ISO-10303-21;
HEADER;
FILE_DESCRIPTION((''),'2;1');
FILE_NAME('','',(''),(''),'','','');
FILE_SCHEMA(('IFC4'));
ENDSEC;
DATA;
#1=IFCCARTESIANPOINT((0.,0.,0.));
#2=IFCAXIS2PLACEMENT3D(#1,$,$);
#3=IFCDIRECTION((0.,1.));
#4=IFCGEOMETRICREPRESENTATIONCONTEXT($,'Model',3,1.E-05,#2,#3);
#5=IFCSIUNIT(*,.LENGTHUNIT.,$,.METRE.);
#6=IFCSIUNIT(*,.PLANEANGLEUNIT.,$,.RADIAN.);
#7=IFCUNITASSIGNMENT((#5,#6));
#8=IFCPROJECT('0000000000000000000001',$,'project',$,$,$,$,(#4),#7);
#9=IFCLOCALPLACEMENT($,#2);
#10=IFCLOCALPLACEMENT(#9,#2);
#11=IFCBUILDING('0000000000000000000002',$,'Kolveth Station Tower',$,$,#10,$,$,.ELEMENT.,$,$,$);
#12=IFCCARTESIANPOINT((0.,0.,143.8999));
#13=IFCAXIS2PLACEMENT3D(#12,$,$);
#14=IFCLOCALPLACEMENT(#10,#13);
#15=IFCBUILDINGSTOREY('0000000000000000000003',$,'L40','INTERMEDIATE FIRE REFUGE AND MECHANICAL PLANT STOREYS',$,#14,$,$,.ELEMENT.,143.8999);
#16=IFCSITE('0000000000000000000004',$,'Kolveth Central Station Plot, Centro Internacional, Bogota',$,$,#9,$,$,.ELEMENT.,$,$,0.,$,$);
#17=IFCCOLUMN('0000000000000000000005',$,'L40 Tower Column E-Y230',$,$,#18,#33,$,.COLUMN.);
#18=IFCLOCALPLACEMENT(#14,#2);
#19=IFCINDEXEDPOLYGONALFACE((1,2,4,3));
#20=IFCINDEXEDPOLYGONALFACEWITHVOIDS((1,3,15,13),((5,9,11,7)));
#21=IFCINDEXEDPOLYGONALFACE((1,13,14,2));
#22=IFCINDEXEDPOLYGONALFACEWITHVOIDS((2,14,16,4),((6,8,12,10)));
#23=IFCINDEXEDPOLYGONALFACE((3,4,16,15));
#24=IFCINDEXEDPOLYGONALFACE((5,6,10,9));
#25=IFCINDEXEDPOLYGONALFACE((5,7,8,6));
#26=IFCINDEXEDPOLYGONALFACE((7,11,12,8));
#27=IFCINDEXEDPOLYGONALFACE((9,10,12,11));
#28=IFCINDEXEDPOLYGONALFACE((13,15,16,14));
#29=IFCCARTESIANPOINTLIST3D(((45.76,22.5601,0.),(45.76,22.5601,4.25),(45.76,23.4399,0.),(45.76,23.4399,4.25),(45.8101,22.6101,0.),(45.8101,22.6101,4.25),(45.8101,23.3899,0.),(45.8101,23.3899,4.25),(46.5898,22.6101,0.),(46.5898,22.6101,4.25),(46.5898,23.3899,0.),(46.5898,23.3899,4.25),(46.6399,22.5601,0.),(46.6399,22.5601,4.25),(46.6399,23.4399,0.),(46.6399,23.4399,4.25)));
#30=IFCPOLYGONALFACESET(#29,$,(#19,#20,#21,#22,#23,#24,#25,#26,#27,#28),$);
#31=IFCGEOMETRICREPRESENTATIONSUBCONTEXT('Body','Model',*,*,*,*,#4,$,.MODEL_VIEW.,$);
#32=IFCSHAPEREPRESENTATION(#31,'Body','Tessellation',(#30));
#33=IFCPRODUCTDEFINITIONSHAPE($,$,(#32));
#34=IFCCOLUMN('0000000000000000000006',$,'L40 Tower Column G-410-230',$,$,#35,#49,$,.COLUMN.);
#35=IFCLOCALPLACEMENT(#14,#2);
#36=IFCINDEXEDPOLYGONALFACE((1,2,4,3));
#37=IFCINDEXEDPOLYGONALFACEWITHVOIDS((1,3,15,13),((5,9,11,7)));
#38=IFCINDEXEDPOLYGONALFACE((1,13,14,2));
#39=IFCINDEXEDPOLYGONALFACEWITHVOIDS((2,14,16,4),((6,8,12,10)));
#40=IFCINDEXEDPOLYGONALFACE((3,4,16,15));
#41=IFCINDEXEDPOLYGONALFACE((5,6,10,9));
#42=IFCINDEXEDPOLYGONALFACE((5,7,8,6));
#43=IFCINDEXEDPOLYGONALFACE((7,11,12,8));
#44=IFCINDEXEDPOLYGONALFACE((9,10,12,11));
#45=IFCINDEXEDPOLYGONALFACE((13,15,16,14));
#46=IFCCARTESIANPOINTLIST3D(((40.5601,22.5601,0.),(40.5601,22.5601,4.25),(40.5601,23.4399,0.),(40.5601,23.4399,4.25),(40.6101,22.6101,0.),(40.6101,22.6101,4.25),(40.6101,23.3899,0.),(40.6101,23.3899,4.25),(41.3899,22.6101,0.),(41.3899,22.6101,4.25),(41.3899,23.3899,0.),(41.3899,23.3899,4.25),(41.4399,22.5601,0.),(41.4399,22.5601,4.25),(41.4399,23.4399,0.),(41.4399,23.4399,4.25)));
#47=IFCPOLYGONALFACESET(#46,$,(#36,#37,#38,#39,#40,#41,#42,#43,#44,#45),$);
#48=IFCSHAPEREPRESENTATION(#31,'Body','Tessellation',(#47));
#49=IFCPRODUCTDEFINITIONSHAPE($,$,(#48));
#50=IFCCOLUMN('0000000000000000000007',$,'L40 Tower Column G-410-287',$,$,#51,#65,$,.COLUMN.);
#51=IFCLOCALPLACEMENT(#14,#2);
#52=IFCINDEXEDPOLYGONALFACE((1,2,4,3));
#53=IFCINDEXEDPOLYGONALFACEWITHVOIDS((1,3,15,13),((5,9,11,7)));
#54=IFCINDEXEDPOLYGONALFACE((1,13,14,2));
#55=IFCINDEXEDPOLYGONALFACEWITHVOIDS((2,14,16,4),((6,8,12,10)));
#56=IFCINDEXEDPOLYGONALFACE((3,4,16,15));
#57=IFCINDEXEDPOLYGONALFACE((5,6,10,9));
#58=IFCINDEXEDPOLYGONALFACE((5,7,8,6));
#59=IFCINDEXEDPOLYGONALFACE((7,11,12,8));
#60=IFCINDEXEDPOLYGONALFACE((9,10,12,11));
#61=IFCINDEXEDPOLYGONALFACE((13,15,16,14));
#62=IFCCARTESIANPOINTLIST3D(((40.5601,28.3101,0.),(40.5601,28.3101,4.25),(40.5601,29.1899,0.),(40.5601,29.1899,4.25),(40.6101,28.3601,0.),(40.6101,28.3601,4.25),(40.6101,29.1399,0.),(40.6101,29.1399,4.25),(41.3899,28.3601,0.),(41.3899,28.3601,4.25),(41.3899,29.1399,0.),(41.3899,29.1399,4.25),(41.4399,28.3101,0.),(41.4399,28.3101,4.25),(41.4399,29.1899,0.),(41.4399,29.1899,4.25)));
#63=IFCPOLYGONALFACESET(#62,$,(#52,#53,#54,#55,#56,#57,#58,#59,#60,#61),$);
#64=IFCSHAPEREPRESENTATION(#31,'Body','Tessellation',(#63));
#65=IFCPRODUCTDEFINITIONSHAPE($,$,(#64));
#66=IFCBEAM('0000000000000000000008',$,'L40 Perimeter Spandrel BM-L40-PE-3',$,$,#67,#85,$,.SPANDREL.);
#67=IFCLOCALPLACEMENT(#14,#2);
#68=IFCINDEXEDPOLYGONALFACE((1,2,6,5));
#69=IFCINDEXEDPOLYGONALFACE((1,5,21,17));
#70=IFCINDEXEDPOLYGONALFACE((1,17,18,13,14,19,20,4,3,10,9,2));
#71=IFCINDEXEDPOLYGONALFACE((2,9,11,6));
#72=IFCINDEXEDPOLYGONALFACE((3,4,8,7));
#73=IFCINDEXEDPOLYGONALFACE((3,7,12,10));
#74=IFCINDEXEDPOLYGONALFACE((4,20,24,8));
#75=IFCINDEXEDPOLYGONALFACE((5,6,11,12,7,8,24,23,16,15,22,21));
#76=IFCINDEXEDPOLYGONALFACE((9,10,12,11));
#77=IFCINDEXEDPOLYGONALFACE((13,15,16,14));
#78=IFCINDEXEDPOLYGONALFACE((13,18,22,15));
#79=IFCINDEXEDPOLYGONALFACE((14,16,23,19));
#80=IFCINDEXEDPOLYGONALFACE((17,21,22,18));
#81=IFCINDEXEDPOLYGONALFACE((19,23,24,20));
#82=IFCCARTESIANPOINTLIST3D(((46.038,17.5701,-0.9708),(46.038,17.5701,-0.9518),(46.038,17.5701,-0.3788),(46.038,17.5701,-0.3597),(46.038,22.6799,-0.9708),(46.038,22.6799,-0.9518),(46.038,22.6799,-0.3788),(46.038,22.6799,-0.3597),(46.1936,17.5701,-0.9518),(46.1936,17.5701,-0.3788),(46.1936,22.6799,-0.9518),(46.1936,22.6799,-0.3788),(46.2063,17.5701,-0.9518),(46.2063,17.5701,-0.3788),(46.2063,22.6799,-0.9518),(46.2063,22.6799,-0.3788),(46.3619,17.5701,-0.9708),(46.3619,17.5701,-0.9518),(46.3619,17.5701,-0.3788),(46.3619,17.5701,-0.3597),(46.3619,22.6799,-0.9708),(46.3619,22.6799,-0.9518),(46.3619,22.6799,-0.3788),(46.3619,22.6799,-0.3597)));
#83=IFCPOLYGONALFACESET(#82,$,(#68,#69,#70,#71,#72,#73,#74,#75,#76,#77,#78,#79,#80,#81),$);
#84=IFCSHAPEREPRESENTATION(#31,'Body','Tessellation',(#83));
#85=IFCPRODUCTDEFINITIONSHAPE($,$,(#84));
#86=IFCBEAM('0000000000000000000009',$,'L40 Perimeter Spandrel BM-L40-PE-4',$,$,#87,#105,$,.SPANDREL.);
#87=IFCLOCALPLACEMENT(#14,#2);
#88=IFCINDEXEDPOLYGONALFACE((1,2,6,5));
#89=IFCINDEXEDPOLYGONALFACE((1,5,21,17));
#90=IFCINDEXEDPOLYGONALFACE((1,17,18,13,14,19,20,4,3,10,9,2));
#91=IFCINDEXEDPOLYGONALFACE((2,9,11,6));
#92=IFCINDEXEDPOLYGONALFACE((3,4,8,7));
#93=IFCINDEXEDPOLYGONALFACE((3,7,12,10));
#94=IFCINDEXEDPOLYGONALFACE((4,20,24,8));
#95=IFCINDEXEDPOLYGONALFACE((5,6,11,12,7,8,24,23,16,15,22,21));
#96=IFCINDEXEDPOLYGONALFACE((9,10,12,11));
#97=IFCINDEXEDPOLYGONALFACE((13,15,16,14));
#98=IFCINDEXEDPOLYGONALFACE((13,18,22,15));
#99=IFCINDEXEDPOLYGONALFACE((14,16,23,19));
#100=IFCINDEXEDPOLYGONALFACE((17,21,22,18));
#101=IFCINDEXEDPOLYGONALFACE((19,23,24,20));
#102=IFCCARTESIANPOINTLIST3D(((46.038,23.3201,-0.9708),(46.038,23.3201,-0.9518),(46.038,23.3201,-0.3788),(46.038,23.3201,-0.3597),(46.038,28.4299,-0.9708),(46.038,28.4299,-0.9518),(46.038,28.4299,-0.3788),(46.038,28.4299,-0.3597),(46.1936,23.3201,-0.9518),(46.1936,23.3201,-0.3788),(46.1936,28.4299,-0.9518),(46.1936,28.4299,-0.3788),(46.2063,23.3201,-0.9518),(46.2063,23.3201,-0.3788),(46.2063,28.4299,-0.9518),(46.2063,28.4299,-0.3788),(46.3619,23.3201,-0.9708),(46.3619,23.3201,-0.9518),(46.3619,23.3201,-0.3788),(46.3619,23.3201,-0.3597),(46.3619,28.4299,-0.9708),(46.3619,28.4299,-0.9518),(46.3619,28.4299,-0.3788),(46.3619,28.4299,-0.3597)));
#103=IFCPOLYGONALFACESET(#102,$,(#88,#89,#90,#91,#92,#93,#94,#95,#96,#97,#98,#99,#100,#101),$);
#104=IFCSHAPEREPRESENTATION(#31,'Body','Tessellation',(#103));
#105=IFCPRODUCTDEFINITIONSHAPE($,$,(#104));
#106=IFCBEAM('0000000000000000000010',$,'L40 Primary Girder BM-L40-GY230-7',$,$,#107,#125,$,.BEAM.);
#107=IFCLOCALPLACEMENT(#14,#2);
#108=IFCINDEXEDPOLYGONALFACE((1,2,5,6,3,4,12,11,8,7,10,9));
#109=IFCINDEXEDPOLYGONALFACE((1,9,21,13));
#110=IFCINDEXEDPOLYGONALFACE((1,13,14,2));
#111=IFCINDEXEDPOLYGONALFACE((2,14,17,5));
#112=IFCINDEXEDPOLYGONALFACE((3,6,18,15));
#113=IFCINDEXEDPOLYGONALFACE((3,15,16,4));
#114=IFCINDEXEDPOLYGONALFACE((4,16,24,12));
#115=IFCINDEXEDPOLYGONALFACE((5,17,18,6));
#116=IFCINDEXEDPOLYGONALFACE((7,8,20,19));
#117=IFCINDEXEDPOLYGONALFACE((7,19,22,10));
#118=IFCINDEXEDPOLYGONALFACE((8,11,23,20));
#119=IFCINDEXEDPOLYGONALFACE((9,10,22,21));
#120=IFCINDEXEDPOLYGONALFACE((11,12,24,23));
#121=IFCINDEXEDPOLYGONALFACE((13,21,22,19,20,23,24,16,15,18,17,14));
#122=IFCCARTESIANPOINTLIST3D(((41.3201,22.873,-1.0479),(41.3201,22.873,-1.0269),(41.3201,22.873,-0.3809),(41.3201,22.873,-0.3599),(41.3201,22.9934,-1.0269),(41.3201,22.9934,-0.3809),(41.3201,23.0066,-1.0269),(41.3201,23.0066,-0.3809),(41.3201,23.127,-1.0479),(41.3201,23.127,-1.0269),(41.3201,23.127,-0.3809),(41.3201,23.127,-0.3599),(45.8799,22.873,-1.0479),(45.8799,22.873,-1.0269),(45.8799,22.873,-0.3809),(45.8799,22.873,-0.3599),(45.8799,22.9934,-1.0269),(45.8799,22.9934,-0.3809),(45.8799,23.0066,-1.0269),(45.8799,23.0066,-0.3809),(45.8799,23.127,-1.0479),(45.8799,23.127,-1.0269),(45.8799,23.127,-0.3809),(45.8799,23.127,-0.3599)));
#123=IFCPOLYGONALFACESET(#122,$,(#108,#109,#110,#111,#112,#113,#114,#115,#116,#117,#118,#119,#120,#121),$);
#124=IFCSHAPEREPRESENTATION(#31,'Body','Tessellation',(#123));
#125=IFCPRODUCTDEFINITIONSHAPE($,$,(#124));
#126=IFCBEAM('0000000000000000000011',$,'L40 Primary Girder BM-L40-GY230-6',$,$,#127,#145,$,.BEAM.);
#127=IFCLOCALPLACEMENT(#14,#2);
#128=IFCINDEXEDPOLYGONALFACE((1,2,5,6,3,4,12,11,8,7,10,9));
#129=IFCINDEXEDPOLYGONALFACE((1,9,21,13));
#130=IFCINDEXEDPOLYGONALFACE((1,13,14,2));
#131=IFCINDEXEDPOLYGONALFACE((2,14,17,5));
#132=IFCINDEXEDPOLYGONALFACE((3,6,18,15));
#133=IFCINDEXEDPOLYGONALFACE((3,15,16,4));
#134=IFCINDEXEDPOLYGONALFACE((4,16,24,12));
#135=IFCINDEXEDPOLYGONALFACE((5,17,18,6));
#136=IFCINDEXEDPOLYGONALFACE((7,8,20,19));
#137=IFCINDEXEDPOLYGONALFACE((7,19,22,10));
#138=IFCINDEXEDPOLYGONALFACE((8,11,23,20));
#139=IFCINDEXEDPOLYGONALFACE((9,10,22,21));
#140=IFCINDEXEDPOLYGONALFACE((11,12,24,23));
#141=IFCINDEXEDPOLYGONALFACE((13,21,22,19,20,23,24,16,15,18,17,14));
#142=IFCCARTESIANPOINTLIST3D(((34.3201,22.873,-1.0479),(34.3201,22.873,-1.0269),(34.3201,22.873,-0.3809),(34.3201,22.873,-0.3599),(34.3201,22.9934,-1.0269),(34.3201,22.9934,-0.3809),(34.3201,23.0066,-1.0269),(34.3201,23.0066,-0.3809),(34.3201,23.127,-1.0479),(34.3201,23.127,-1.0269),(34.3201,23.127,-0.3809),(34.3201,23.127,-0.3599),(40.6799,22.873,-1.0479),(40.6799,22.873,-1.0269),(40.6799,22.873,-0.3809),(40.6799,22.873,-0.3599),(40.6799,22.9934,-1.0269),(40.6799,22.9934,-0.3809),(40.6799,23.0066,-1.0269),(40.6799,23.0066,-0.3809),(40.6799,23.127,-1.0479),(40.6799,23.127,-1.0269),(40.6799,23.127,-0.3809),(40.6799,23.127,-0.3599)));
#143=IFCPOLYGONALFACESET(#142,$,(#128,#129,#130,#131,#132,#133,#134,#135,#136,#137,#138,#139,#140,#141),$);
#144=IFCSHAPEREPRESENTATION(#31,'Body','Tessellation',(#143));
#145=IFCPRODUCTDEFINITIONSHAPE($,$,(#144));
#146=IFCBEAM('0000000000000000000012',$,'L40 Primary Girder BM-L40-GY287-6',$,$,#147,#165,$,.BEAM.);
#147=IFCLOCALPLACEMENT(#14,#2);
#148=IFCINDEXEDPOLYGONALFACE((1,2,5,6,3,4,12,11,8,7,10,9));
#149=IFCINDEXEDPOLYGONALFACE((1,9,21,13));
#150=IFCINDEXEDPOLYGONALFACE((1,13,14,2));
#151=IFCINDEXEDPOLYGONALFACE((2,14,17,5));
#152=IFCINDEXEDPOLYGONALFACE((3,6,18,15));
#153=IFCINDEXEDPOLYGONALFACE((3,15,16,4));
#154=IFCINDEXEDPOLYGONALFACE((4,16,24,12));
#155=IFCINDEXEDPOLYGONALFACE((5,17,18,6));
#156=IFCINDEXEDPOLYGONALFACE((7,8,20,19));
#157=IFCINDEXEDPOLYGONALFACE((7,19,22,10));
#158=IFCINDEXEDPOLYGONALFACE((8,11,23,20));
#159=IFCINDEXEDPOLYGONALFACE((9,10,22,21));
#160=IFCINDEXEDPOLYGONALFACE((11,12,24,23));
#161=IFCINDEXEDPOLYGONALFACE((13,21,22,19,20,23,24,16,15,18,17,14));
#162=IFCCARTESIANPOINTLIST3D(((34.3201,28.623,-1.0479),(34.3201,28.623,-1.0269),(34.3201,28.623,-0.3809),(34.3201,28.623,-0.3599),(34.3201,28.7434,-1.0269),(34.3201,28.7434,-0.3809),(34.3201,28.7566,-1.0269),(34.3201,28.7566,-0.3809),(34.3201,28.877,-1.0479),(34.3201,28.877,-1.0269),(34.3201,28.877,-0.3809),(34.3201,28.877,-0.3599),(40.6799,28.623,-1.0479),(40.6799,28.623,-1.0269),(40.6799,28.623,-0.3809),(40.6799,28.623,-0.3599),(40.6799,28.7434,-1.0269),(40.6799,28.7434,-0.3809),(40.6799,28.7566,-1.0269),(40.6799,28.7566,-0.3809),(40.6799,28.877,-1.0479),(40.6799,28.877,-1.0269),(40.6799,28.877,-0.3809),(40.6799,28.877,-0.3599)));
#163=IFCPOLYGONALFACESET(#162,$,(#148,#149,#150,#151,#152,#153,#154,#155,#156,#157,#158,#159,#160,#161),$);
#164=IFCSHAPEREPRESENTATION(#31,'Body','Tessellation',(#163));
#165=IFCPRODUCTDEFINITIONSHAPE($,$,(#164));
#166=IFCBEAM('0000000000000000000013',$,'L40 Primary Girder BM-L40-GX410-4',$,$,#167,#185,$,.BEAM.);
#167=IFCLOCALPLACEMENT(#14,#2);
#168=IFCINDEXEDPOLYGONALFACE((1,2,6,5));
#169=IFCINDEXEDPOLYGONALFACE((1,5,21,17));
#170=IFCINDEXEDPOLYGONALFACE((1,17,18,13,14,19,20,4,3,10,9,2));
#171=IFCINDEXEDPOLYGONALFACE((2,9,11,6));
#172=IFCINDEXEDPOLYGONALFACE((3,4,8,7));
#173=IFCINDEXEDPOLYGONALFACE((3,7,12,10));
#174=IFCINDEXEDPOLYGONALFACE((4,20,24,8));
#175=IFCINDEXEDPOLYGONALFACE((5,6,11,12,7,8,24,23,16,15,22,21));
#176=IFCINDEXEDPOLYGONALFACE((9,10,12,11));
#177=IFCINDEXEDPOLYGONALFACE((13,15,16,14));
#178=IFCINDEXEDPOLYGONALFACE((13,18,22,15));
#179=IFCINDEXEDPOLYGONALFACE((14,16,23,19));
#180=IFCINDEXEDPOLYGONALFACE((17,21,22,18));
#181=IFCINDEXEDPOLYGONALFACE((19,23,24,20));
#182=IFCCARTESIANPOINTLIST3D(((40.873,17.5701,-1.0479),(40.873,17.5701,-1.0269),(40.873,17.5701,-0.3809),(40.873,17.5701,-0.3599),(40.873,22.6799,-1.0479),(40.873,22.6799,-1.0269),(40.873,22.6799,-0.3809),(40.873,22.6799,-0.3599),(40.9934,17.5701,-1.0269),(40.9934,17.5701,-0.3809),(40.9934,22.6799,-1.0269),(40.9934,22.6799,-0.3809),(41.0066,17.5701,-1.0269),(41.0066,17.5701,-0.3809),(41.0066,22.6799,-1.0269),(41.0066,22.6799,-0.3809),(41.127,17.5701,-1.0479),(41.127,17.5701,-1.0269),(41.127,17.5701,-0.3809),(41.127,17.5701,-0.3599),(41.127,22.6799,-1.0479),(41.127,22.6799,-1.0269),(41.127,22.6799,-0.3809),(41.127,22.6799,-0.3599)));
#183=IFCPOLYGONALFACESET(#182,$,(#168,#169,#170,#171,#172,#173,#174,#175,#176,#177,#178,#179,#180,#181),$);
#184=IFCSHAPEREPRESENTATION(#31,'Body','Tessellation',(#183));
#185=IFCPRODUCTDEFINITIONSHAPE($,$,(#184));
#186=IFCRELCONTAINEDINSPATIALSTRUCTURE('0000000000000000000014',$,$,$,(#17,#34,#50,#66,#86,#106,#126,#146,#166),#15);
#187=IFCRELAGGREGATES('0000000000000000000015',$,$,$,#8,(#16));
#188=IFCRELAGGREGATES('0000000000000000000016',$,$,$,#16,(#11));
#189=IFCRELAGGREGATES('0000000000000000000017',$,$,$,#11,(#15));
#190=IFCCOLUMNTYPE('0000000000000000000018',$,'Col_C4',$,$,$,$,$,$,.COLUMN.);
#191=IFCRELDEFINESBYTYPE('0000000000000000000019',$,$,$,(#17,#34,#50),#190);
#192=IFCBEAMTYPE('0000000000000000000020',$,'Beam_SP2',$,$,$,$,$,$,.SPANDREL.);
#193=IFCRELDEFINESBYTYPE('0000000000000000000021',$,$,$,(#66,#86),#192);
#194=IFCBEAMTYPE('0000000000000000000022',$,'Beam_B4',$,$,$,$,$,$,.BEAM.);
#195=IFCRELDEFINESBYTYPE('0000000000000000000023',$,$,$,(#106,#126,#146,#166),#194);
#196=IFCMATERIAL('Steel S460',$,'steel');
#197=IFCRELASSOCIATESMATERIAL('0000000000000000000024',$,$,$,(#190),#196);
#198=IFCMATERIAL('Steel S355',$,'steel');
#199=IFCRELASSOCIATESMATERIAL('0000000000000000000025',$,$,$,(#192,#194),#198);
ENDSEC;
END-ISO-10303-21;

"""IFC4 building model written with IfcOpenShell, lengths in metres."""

from ifc_helpers import new_model, si_unit, direction, frame, origin, origin_2d, place, context, subcontext, project, spatial, hollow_rectangle, i_section, extrude, source, transform, mapped, material, material_profile, profile_set, type_object, element, save


model = new_model("IFC4")

# Units and contexts
model_context = context("Model", 3, precision=1e-05, world=origin(), true_north=direction((0.0, 1.0)))
body_context = subcontext(model_context, "Body", "Model", "MODEL_VIEW")
ifc_project = project(units=[si_unit("LENGTHUNIT", "METRE"), si_unit("PLANEANGLEUNIT", "RADIAN")], contexts=[model_context])

# Site, building, storey
site_placement = place(None, origin())
site = spatial("IfcSite", under=ifc_project, at=site_placement, Name="Kolveth Central Station Plot, Centro Internacional, Bogota", CompositionType="ELEMENT", RefElevation=0.0)
building_placement = place(site_placement, origin())
building = spatial("IfcBuilding", under=site, at=building_placement, Name="Kolveth Station Tower", CompositionType="ELEMENT")
storey_placement = place(building_placement, frame((0.0, 0.0, 143.8999)))
storey = spatial("IfcBuildingStorey", under=building, at=storey_placement, Name="L40", Description="INTERMEDIATE FIRE REFUGE AND MECHANICAL PLANT STOREYS", CompositionType="ELEMENT", Elevation=143.8999)

# Columns
ifc_material_1 = material(Name="Steel S460", Category="steel")
ifc_material_profile_1 = material_profile(ifc_material_1, hollow_rectangle(XDim=0.8799, YDim=0.8799, WallThickness=0.05, at=origin_2d()), Name="BOX880x880x50")
ifc_profile_set_1 = profile_set([ifc_material_profile_1], Name="Steel S460")
column_type = type_object("IfcColumnType", Name="Col_C4", PredefinedType="COLUMN", material=ifc_profile_set_1)
shared_shape_1 = source(origin(), body_context, "Body", "SweptSolid", [
    extrude(hollow_rectangle(XDim=0.8799, YDim=0.8799, WallThickness=0.05, at=origin_2d()), origin(), (0.0, 0.0, 1.0), 4.25),
])
for number, where, z_axis, x_axis, name in (
    (1, (46.2, 23.0, 0.0), (0.0, 0.0, 1.0), (1.0, 0.0, 0.0), "L40 Tower Column E-Y230"),
    (2, (41.0, 23.0, 0.0), (0.0, 0.0, 1.0), (1.0, 0.0, 0.0), "L40 Tower Column G-410-230"),
    (3, (41.0, 28.75, 0.0), (0.0, 0.0, 1.0), (1.0, 0.0, 0.0), "L40 Tower Column G-410-287"),
):
    element("IfcColumn", number, at=place(storey_placement, frame(where, z_axis=z_axis, x_axis=x_axis)), inside=storey, type_object=column_type, Name=name, PredefinedType="COLUMN", context=body_context, shape_type="MappedRepresentation", body=[
        mapped(shared_shape_1, transform((0.0, 0.0, 0.0), x_axis=(1.0, 0.0, 0.0), y_axis=(0.0, 1.0, 0.0), z_axis=(0.0, 0.0, 1.0), scale=1.0)),
    ])

# Beams
ifc_material_2 = material(Name="Steel S355", Category="steel")
ifc_material_profile_2 = material_profile(ifc_material_2, i_section(OverallWidth=0.324, OverallDepth=0.6111, WebThickness=0.0127, FlangeThickness=0.019, at=origin_2d()), Name="W610x155")
ifc_profile_set_2 = profile_set([ifc_material_profile_2], Name="Steel S355")
beam_type_1 = type_object("IfcBeamType", Name="Beam_SP2", PredefinedType="SPANDREL", material=ifc_profile_set_2)
shared_shape_2 = source(origin(), body_context, "Body", "SweptSolid", [
    extrude(i_section(OverallWidth=0.324, OverallDepth=0.6111, WebThickness=0.0127, FlangeThickness=0.019, at=origin_2d()), origin(), (0.0, 0.0, 1.0), 5.1099),
])
for number, where, z_axis, x_axis, name in (
    (4, (46.2, 17.5701, -0.6653), (0.0, 1.0, 0.0), (-1.0, 0.0, 0.0), "L40 Perimeter Spandrel BM-L40-PE-3"),
    (5, (46.2, 23.3201, -0.6653), (0.0, 1.0, 0.0), (-1.0, 0.0, 0.0), "L40 Perimeter Spandrel BM-L40-PE-4"),
):
    element("IfcBeam", number, at=place(storey_placement, frame(where, z_axis=z_axis, x_axis=x_axis)), inside=storey, type_object=beam_type_1, Name=name, PredefinedType="SPANDREL", context=body_context, shape_type="MappedRepresentation", body=[
        mapped(shared_shape_2, transform((0.0, 0.0, 0.0), x_axis=(1.0, 0.0, 0.0), y_axis=(0.0, 1.0, 0.0), z_axis=(0.0, 0.0, 1.0), scale=1.0)),
    ])
ifc_material_profile_3 = material_profile(ifc_material_2, i_section(OverallWidth=0.2539, OverallDepth=0.688, WebThickness=0.0132, FlangeThickness=0.021, at=origin_2d()), Name="W690x152")
ifc_profile_set_3 = profile_set([ifc_material_profile_3], Name="Steel S355")
beam_type_2 = type_object("IfcBeamType", Name="Beam_B4", PredefinedType="BEAM", material=ifc_profile_set_3)
shared_shape_3 = source(origin(), body_context, "Body", "SweptSolid", [
    extrude(i_section(OverallWidth=0.2539, OverallDepth=0.688, WebThickness=0.0132, FlangeThickness=0.021, at=origin_2d()), origin(), (0.0, 0.0, 1.0), 4.5598),
])
beam_placement = place(storey_placement, frame((41.3201, 23.0, -0.7039), z_axis=(1.0, 0.0, 0.0), x_axis=(0.0, 1.0, 0.0)))
element("IfcBeam", 6, at=beam_placement, inside=storey, type_object=beam_type_2, Name="L40 Primary Girder BM-L40-GY230-7", PredefinedType="BEAM", context=body_context, shape_type="MappedRepresentation", body=[
    mapped(shared_shape_3, transform((0.0, 0.0, 0.0), x_axis=(1.0, 0.0, 0.0), y_axis=(0.0, 1.0, 0.0), z_axis=(0.0, 0.0, 1.0), scale=1.0)),
])
shared_shape_4 = source(origin(), body_context, "Body", "SweptSolid", [
    extrude(i_section(OverallWidth=0.2539, OverallDepth=0.688, WebThickness=0.0132, FlangeThickness=0.021, at=origin_2d()), origin(), (0.0, 0.0, 1.0), 6.3599),
])
for number, where, z_axis, x_axis, name in (
    (7, (34.3201, 23.0, -0.7039), (1.0, 0.0, 0.0), (0.0, 1.0, 0.0), "L40 Primary Girder BM-L40-GY230-6"),
    (8, (34.3201, 28.75, -0.7039), (1.0, 0.0, 0.0), (0.0, 1.0, 0.0), "L40 Primary Girder BM-L40-GY287-6"),
):
    element("IfcBeam", number, at=place(storey_placement, frame(where, z_axis=z_axis, x_axis=x_axis)), inside=storey, type_object=beam_type_2, Name=name, PredefinedType="BEAM", context=body_context, shape_type="MappedRepresentation", body=[
        mapped(shared_shape_4, transform((0.0, 0.0, 0.0), x_axis=(1.0, 0.0, 0.0), y_axis=(0.0, 1.0, 0.0), z_axis=(0.0, 0.0, 1.0), scale=1.0)),
    ])
shared_shape_5 = source(origin(), body_context, "Body", "SweptSolid", [
    extrude(i_section(OverallWidth=0.2539, OverallDepth=0.688, WebThickness=0.0132, FlangeThickness=0.021, at=origin_2d()), origin(), (0.0, 0.0, 1.0), 5.1099),
])
for number, where, z_axis, x_axis, name in (
    (9, (41.0, 17.5701, -0.7039), (0.0, 1.0, 0.0), (-1.0, 0.0, 0.0), "L40 Primary Girder BM-L40-GX410-4"),
):
    element("IfcBeam", number, at=place(storey_placement, frame(where, z_axis=z_axis, x_axis=x_axis)), inside=storey, type_object=beam_type_2, Name=name, PredefinedType="BEAM", context=body_context, shape_type="MappedRepresentation", body=[
        mapped(shared_shape_5, transform((0.0, 0.0, 0.0), x_axis=(1.0, 0.0, 0.0), y_axis=(0.0, 1.0, 0.0), z_axis=(0.0, 0.0, 1.0), scale=1.0)),
    ])

save(model, "model.ifc")
